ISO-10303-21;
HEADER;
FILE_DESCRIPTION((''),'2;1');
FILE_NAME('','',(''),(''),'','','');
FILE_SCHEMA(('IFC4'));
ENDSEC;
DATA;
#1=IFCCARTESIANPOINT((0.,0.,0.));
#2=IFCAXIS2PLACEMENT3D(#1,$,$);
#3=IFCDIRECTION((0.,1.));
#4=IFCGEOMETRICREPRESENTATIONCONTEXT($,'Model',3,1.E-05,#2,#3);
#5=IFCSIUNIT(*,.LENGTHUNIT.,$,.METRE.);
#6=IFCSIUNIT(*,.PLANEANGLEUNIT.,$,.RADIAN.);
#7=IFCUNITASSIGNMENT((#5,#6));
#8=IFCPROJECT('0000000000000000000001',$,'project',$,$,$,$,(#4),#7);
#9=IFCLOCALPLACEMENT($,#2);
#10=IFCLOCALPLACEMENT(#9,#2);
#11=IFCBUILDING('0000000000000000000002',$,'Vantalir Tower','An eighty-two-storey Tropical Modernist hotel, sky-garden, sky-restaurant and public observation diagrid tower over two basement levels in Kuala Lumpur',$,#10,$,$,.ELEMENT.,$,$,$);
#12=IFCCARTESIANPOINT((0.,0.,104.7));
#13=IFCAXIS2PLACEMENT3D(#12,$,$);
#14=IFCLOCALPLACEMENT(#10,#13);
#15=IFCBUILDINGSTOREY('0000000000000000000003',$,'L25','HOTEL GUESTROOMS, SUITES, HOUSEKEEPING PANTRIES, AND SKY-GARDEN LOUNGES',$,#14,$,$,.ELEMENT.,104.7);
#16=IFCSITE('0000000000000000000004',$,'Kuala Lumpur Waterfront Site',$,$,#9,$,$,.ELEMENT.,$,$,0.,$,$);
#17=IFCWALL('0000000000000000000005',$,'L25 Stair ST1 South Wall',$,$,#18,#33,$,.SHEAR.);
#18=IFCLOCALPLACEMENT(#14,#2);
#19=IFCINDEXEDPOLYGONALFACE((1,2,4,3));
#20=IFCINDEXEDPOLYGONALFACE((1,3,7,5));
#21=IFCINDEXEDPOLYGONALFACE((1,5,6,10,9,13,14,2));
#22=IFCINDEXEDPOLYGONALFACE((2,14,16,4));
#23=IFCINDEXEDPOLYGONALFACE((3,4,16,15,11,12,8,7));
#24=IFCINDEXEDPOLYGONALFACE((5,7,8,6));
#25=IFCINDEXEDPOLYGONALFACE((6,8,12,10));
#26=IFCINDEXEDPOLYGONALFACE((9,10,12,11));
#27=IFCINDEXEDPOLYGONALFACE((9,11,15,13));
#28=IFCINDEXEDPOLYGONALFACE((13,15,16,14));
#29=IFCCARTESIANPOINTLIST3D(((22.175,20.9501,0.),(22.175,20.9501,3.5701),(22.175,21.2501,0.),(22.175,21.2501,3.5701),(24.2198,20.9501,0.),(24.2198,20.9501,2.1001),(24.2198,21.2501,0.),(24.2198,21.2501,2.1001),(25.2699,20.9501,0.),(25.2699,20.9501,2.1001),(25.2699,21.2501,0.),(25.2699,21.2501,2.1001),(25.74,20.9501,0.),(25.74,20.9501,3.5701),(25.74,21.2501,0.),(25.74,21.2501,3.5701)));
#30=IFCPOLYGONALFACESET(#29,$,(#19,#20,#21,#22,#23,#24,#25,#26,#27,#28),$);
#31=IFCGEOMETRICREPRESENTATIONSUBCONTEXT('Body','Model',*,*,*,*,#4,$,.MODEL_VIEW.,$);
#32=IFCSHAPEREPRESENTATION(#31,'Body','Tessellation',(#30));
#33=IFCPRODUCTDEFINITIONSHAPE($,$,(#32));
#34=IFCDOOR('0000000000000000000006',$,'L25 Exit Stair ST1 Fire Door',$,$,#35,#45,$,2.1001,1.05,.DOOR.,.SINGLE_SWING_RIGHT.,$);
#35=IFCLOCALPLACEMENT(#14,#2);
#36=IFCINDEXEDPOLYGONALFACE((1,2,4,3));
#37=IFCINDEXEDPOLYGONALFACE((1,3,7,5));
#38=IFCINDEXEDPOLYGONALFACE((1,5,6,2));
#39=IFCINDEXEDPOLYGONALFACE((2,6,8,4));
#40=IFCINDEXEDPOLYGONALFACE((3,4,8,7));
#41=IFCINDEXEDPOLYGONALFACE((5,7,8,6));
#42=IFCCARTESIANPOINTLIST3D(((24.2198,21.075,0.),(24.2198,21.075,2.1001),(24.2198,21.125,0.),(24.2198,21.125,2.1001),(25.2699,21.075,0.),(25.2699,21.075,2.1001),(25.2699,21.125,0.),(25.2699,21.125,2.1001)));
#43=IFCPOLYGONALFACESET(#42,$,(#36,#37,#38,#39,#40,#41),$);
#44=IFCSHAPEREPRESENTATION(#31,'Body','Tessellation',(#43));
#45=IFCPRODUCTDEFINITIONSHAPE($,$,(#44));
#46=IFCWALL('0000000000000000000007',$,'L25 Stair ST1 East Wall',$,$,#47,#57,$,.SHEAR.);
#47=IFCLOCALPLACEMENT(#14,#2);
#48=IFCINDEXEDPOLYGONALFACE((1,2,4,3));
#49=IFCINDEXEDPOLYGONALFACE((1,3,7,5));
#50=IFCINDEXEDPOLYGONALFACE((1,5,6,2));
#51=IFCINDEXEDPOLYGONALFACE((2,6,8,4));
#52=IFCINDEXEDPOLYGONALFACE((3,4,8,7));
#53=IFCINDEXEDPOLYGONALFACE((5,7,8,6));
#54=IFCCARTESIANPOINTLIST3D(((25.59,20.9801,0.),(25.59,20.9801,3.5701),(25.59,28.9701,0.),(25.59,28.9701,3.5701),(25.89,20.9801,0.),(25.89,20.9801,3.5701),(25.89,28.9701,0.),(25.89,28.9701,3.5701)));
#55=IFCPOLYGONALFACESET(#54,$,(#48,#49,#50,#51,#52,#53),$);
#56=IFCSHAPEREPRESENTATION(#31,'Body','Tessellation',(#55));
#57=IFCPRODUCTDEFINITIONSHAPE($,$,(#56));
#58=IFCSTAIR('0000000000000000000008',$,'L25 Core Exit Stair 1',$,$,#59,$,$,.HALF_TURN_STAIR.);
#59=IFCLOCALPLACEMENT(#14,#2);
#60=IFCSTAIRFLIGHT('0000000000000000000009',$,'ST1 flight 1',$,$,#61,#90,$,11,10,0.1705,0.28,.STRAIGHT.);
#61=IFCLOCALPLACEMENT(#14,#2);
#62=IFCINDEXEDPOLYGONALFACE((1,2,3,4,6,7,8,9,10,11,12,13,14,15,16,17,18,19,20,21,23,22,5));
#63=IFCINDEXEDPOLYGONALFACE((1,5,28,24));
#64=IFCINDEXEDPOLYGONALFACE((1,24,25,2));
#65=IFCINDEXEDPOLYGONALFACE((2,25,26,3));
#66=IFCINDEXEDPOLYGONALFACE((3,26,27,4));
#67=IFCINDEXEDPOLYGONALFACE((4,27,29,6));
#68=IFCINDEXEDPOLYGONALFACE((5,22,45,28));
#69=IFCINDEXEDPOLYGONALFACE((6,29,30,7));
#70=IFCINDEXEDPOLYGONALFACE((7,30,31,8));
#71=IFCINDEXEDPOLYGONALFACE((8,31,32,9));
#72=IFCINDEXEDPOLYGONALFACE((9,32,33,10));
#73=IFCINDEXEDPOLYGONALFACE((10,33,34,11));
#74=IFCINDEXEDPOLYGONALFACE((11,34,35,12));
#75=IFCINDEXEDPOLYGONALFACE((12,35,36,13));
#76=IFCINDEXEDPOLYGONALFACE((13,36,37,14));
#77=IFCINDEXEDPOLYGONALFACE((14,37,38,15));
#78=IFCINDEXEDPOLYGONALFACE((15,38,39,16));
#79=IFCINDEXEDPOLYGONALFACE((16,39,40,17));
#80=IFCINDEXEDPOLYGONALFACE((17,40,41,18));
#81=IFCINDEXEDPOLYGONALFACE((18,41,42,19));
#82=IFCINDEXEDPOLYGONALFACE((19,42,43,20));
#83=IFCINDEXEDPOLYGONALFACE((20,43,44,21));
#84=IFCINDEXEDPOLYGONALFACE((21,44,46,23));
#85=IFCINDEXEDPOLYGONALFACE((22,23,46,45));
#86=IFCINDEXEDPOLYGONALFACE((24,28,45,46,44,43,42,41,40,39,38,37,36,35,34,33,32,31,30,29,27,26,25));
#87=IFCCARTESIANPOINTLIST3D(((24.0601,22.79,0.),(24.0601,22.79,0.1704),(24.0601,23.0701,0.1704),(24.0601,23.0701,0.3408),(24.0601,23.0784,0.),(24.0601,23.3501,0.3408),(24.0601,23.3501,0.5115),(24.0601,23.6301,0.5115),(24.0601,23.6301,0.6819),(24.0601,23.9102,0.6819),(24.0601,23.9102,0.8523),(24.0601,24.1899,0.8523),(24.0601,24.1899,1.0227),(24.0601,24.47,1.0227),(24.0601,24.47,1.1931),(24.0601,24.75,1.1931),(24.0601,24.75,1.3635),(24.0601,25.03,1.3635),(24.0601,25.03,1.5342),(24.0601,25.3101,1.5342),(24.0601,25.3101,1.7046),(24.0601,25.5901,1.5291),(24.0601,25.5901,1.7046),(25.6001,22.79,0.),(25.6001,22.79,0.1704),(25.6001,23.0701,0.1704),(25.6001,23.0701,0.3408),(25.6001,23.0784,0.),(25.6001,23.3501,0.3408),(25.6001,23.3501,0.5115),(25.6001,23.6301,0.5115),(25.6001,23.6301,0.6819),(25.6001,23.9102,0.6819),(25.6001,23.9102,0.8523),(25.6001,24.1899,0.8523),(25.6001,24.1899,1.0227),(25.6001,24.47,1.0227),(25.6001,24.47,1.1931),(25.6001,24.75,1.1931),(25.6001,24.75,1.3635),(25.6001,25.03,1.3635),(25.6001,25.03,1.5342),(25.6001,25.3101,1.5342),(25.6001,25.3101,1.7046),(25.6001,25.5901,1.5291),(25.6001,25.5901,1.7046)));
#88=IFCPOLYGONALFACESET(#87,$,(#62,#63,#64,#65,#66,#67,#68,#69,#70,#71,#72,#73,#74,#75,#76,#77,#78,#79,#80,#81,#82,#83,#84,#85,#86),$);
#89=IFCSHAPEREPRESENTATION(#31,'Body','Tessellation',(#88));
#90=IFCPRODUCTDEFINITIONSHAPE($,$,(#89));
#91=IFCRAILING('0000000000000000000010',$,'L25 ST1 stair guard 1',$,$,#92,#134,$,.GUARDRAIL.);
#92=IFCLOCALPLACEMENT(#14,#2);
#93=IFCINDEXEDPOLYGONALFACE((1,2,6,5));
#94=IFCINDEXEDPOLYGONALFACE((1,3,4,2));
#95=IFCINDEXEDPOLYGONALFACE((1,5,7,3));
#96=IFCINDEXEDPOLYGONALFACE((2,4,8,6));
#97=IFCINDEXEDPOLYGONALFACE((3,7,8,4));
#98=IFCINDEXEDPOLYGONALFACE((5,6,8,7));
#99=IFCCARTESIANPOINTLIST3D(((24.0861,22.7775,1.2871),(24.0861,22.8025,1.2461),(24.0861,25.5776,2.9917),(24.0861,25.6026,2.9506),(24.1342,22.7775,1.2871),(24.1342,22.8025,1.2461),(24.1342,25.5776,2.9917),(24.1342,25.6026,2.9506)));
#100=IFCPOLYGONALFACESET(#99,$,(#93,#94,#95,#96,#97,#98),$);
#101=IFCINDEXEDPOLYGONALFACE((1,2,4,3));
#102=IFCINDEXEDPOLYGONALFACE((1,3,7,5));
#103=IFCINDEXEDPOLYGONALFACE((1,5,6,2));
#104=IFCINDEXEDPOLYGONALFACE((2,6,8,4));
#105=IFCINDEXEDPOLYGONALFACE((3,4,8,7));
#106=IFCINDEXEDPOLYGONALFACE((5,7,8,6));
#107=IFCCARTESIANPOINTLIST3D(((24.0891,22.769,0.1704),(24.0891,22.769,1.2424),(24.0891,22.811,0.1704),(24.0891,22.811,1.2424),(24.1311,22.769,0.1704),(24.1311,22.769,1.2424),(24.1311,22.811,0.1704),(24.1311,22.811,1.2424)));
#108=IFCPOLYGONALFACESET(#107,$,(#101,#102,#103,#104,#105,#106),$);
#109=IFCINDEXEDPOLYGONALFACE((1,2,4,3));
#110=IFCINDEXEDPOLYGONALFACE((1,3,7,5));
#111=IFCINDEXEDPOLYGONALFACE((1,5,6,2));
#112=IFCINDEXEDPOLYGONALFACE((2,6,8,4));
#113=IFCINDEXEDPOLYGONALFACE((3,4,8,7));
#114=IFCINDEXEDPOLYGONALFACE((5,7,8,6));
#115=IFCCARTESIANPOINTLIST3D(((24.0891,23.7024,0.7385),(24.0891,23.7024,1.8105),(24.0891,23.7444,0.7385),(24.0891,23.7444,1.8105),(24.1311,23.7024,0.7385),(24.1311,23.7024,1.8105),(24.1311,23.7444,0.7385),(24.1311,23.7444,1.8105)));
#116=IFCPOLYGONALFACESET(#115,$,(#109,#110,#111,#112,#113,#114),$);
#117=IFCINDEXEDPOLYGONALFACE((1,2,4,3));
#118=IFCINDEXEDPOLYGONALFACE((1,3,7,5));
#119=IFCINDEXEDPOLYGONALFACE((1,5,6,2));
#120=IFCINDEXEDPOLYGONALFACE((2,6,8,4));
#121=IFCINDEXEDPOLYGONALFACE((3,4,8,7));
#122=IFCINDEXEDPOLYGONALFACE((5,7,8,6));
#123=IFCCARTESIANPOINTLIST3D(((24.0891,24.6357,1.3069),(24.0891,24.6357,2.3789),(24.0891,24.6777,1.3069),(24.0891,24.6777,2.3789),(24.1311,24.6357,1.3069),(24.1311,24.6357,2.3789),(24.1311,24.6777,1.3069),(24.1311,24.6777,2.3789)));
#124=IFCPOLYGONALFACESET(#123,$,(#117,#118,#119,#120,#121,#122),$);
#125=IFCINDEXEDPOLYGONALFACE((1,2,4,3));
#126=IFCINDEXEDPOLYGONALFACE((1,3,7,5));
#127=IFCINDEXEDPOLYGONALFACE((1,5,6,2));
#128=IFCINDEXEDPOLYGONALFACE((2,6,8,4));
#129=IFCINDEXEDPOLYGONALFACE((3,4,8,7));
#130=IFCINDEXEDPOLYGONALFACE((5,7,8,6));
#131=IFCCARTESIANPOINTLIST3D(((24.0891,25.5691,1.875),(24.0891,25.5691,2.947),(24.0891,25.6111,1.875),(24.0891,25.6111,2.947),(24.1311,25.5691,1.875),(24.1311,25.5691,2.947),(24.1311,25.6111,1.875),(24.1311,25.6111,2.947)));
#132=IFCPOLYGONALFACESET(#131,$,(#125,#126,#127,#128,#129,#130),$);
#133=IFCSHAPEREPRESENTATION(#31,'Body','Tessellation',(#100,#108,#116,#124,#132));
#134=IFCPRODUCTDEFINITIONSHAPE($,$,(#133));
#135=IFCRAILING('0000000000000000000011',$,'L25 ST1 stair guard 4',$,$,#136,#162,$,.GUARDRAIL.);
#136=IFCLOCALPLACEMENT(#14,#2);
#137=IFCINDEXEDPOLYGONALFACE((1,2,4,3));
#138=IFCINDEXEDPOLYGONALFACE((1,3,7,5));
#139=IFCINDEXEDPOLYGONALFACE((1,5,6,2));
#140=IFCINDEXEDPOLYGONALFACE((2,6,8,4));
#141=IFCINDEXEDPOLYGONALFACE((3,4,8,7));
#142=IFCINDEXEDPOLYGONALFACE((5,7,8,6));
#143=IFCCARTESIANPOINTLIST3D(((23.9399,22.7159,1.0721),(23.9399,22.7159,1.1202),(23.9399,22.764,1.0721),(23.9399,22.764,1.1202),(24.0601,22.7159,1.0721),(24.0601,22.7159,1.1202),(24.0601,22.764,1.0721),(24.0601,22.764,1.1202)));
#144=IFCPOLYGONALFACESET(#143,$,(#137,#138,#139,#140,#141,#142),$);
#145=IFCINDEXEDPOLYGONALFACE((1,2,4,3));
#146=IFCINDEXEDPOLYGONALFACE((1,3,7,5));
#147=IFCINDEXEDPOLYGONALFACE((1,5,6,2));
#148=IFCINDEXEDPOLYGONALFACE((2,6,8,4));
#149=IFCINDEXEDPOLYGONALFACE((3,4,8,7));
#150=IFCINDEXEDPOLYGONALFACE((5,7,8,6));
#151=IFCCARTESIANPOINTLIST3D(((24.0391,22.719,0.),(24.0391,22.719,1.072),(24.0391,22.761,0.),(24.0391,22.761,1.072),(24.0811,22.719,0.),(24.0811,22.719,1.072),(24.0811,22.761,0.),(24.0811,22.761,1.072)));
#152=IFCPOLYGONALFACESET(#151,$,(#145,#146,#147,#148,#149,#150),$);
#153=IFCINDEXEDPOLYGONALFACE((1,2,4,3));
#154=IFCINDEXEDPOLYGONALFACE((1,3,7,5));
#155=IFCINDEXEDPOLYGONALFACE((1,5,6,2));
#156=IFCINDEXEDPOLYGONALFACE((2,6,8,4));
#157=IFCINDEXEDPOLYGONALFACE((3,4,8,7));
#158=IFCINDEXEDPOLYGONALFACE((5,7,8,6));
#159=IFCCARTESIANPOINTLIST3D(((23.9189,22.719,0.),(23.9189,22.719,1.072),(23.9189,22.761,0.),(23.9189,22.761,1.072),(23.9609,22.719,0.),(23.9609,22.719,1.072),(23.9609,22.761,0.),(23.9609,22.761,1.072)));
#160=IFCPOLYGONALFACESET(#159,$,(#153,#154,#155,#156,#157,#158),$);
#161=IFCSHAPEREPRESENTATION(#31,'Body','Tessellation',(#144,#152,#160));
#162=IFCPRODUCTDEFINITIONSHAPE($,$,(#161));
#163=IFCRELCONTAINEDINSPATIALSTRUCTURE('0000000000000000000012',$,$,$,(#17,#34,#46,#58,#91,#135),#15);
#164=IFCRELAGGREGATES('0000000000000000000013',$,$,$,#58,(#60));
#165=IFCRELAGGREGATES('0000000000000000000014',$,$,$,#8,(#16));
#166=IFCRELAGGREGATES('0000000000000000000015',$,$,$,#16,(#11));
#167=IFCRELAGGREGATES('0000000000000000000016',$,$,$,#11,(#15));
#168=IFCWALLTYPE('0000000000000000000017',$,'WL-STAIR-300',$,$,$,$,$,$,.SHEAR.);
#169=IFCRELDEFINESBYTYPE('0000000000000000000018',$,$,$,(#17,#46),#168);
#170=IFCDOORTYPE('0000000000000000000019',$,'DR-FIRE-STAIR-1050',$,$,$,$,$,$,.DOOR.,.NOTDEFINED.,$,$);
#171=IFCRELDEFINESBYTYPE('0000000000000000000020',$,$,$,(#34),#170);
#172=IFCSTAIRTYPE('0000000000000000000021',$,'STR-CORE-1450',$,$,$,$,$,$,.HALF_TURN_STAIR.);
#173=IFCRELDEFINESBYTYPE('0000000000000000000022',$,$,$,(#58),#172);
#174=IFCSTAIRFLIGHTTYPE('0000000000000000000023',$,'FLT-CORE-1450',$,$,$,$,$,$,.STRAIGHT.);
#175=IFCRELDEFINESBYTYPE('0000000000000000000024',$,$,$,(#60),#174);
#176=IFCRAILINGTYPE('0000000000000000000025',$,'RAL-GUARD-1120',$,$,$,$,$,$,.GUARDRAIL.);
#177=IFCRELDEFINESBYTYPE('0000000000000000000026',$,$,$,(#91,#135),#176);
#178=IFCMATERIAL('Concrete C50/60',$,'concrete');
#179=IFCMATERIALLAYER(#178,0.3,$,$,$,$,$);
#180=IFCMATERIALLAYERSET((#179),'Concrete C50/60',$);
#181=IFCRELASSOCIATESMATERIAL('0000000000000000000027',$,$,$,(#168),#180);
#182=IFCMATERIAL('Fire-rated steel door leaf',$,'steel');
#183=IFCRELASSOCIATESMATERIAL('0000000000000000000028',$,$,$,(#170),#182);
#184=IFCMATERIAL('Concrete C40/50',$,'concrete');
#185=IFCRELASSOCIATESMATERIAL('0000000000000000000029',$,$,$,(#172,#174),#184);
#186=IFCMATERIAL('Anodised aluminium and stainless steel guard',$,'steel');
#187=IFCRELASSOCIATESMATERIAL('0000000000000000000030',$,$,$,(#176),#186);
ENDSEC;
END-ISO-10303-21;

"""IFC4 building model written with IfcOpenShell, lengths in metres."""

from ifc_helpers import new_model, si_unit, direction, frame, frame_2d, origin, origin_2d, place, context, subcontext, project, spatial, polyline, rectangle, outline, extrude, material, layer, layer_set, type_object, element, fill, aggregate, save


model = new_model("IFC4")

# Units and contexts
model_context = context("Model", 3, precision=1e-05, world=origin(), true_north=direction((0.0, 1.0)))
body_context = subcontext(model_context, "Body", "Model", "MODEL_VIEW")
ifc_project = project(units=[si_unit("LENGTHUNIT", "METRE"), si_unit("PLANEANGLEUNIT", "RADIAN")], contexts=[model_context])

# Site, building, storey
site_placement = place(None, origin())
site = spatial("IfcSite", under=ifc_project, at=site_placement, Name="Kuala Lumpur Waterfront Site", CompositionType="ELEMENT", RefElevation=0.0)
building_placement = place(site_placement, origin())
building = spatial("IfcBuilding", under=site, at=building_placement, Name="Vantalir Tower", Description="An eighty-two-storey Tropical Modernist hotel, sky-garden, sky-restaurant and public observation diagrid tower over two basement levels in Kuala Lumpur", CompositionType="ELEMENT")
storey_placement = place(building_placement, frame((0.0, 0.0, 104.7)))
storey = spatial("IfcBuildingStorey", under=building, at=storey_placement, Name="L25", Description="HOTEL GUESTROOMS, SUITES, HOUSEKEEPING PANTRIES, AND SKY-GARDEN LOUNGES", CompositionType="ELEMENT", Elevation=104.7)

# Wall, opening, door
ifc_material_1 = material(Name="Concrete C50/60", Category="concrete")
ifc_layer_1 = layer(ifc_material_1, 0.3)
ifc_layer_set_1 = layer_set([ifc_layer_1], Name="Concrete C50/60")
wall_type_1 = type_object("IfcWallType", Name="WL-STAIR-300", PredefinedType="SHEAR", material=ifc_layer_set_1)
wall_1_placement = place(storey_placement, frame((22.175, 21.1001, 0.0), z_axis=(0.0, 0.0, 1.0), x_axis=(1.0, 0.0, 0.0)))
wall_1 = element("IfcWall", 1, at=wall_1_placement, inside=storey, type_object=wall_type_1, Name="L25 Stair ST1 South Wall", PredefinedType="SHEAR", context=body_context, shape_type="SweptSolid", body=[
    extrude(rectangle(XDim=3.5649, YDim=0.3, at=frame_2d((1.7825, 0.0))), origin(), (0.0, 0.0, 1.0), 3.5701),
])
opening_1_placement = place(wall_1_placement, frame((2.0449, 0.0, 0.0)))
opening_1 = element("IfcOpeningElement", 2, at=opening_1_placement, cuts=wall_1, PredefinedType="OPENING", context=body_context, shape_type="SweptSolid", body=[
    extrude(rectangle(XDim=1.05, YDim=2.1001, at=frame_2d((0.5249, 1.05))), frame((0.0, 0.1599, 0.0), z_axis=(0.0, -1.0, 0.0), x_axis=(1.0, 0.0, 0.0)), (0.0, 0.0, 1.0), 0.3201),
])
ifc_material_2 = material(Name="Fire-rated steel door leaf", Category="steel")
door_type_1 = type_object("IfcDoorType", Name="DR-FIRE-STAIR-1050", OperationType="NOTDEFINED", PredefinedType="DOOR", material=ifc_material_2)
door_1_placement = place(opening_1_placement, origin())
door_1 = element("IfcDoor", 3, at=door_1_placement, inside=storey, type_object=door_type_1, Name="L25 Exit Stair ST1 Fire Door", OperationType="SINGLE_SWING_RIGHT", OverallHeight=2.1001, OverallWidth=1.05, PredefinedType="DOOR", context=body_context, shape_type="SweptSolid", body=[
    extrude(rectangle(XDim=1.05, YDim=2.1001, at=frame_2d((0.5249, 1.05))), frame((0.0, 0.0249, 0.0), z_axis=(0.0, -1.0, 0.0), x_axis=(1.0, 0.0, 0.0)), (0.0, 0.0, 1.0), 0.05),
])
fill(opening_1, door_1)

# Wall
wall_2_placement = place(storey_placement, frame((25.74, 20.98, 0.0), z_axis=(0.0, 0.0, 1.0), x_axis=(0.0, 1.0, 0.0)))
element("IfcWall", 4, at=wall_2_placement, inside=storey, type_object=wall_type_1, Name="L25 Stair ST1 East Wall", PredefinedType="SHEAR", context=body_context, shape_type="SweptSolid", body=[
    extrude(rectangle(XDim=7.99, YDim=0.3, at=frame_2d((3.9951, 0.0))), origin(), (0.0, 0.0, 1.0), 3.5701),
])

# Stair, stair flight
ifc_material_3 = material(Name="Concrete C40/50", Category="concrete")
stair_type = type_object("IfcStairType", Name="STR-CORE-1450", PredefinedType="HALF_TURN_STAIR", material=ifc_material_3)
stair_placement = place(storey_placement, origin())
stair = element("IfcStair", 5, at=stair_placement, inside=storey, type_object=stair_type, Name="L25 Core Exit Stair 1", PredefinedType="HALF_TURN_STAIR")
stair_flight_type = type_object("IfcStairFlightType", Name="FLT-CORE-1450", PredefinedType="STRAIGHT", material=ifc_material_3)
stair_flight_placement = place(storey_placement, frame((24.8301, 22.79, 0.0), z_axis=(0.0, 0.0, 1.0), x_axis=(0.0, 1.0, 0.0)))
stair_flight = element("IfcStairFlight", 6, at=stair_flight_placement, type_object=stair_flight_type, Name="ST1 flight 1", NumberOfRisers=11, NumberOfTreads=10, PredefinedType="STRAIGHT", RiserHeight=0.1705, TreadLength=0.28, context=body_context, shape_type="SweptSolid", body=[
    extrude(outline(polyline([(0.0, 0.0), (0.0, 0.1704), (0.28, 0.1704), (0.28, 0.3408), (0.5601, 0.3408), (0.5601, 0.5115), (0.8401, 0.5115), (0.8401, 0.6819), (1.1201, 0.6819), (1.1201, 0.8523), (1.3999, 0.8523), (1.3999, 1.0227), (1.6799, 1.0227), (1.6799, 1.1931), (1.96, 1.1931), (1.96, 1.3635), (2.24, 1.3635), (2.24, 1.5342), (2.52, 1.5342), (2.52, 1.7046), (2.8, 1.7046), (2.8, 1.875), (2.8, 1.5291), (0.2883, 0.0), (0.0, 0.0)])), frame((0.0, 0.77, 0.0), z_axis=(0.0, -1.0, 0.0), x_axis=(1.0, 0.0, 0.0)), (0.0, 0.0, 1.0), 1.54),
])
aggregate(stair, [stair_flight])

# Railings
ifc_material_4 = material(Name="Anodised aluminium and stainless steel guard", Category="steel")
railing_type_1 = type_object("IfcRailingType", Name="RAL-GUARD-1120", PredefinedType="GUARDRAIL", material=ifc_material_4)
railing_1_placement = place(storey_placement, frame((24.1101, 22.79, 0.1704)))
element("IfcRailing", 7, at=railing_1_placement, inside=storey, type_object=railing_type_1, Name="L25 ST1 stair guard 1", PredefinedType="GUARDRAIL", context=body_context, shape_type="SweptSolid", body=[
    extrude(rectangle(XDim=0.0481, YDim=0.0481, at=origin_2d()), frame((0.0, 0.0, 1.0962), z_axis=(0.0, 0.85417, 0.519994), x_axis=(-1.0, 0.0, 0.0)), (0.0, 0.0, 1.0), 3.2781),
    extrude(rectangle(XDim=0.042, YDim=0.042, at=origin_2d()), origin(), (0.0, 0.0, 1.0), 1.072),
    extrude(rectangle(XDim=0.042, YDim=0.042, at=origin_2d()), frame((0.0, 0.9333, 0.5681)), (0.0, 0.0, 1.0), 1.072),
    extrude(rectangle(XDim=0.042, YDim=0.042, at=origin_2d()), frame((0.0, 1.8667, 1.1365)), (0.0, 0.0, 1.0), 1.072),
    extrude(rectangle(XDim=0.042, YDim=0.042, at=origin_2d()), frame((0.0, 2.8, 1.7046)), (0.0, 0.0, 1.0), 1.072),
])
railing_2_placement = place(storey_placement, frame((24.0601, 22.74, 0.0)))
element("IfcRailing", 8, at=railing_2_placement, inside=storey, type_object=railing_type_1, Name="L25 ST1 stair guard 4", PredefinedType="GUARDRAIL", context=body_context, shape_type="SweptSolid", body=[
    extrude(rectangle(XDim=0.0481, YDim=0.0481, at=origin_2d()), frame((0.0, 0.0, 1.0962), z_axis=(-1.0, 0.0, 0.0), x_axis=(0.0, -1.0, 0.0)), (0.0, 0.0, 1.0), 0.1201),
    extrude(rectangle(XDim=0.042, YDim=0.042, at=origin_2d()), origin(), (0.0, 0.0, 1.0), 1.072),
    extrude(rectangle(XDim=0.042, YDim=0.042, at=origin_2d()), frame((-0.1201, 0.0, 0.0)), (0.0, 0.0, 1.0), 1.072),
])

save(model, "model.ifc")
